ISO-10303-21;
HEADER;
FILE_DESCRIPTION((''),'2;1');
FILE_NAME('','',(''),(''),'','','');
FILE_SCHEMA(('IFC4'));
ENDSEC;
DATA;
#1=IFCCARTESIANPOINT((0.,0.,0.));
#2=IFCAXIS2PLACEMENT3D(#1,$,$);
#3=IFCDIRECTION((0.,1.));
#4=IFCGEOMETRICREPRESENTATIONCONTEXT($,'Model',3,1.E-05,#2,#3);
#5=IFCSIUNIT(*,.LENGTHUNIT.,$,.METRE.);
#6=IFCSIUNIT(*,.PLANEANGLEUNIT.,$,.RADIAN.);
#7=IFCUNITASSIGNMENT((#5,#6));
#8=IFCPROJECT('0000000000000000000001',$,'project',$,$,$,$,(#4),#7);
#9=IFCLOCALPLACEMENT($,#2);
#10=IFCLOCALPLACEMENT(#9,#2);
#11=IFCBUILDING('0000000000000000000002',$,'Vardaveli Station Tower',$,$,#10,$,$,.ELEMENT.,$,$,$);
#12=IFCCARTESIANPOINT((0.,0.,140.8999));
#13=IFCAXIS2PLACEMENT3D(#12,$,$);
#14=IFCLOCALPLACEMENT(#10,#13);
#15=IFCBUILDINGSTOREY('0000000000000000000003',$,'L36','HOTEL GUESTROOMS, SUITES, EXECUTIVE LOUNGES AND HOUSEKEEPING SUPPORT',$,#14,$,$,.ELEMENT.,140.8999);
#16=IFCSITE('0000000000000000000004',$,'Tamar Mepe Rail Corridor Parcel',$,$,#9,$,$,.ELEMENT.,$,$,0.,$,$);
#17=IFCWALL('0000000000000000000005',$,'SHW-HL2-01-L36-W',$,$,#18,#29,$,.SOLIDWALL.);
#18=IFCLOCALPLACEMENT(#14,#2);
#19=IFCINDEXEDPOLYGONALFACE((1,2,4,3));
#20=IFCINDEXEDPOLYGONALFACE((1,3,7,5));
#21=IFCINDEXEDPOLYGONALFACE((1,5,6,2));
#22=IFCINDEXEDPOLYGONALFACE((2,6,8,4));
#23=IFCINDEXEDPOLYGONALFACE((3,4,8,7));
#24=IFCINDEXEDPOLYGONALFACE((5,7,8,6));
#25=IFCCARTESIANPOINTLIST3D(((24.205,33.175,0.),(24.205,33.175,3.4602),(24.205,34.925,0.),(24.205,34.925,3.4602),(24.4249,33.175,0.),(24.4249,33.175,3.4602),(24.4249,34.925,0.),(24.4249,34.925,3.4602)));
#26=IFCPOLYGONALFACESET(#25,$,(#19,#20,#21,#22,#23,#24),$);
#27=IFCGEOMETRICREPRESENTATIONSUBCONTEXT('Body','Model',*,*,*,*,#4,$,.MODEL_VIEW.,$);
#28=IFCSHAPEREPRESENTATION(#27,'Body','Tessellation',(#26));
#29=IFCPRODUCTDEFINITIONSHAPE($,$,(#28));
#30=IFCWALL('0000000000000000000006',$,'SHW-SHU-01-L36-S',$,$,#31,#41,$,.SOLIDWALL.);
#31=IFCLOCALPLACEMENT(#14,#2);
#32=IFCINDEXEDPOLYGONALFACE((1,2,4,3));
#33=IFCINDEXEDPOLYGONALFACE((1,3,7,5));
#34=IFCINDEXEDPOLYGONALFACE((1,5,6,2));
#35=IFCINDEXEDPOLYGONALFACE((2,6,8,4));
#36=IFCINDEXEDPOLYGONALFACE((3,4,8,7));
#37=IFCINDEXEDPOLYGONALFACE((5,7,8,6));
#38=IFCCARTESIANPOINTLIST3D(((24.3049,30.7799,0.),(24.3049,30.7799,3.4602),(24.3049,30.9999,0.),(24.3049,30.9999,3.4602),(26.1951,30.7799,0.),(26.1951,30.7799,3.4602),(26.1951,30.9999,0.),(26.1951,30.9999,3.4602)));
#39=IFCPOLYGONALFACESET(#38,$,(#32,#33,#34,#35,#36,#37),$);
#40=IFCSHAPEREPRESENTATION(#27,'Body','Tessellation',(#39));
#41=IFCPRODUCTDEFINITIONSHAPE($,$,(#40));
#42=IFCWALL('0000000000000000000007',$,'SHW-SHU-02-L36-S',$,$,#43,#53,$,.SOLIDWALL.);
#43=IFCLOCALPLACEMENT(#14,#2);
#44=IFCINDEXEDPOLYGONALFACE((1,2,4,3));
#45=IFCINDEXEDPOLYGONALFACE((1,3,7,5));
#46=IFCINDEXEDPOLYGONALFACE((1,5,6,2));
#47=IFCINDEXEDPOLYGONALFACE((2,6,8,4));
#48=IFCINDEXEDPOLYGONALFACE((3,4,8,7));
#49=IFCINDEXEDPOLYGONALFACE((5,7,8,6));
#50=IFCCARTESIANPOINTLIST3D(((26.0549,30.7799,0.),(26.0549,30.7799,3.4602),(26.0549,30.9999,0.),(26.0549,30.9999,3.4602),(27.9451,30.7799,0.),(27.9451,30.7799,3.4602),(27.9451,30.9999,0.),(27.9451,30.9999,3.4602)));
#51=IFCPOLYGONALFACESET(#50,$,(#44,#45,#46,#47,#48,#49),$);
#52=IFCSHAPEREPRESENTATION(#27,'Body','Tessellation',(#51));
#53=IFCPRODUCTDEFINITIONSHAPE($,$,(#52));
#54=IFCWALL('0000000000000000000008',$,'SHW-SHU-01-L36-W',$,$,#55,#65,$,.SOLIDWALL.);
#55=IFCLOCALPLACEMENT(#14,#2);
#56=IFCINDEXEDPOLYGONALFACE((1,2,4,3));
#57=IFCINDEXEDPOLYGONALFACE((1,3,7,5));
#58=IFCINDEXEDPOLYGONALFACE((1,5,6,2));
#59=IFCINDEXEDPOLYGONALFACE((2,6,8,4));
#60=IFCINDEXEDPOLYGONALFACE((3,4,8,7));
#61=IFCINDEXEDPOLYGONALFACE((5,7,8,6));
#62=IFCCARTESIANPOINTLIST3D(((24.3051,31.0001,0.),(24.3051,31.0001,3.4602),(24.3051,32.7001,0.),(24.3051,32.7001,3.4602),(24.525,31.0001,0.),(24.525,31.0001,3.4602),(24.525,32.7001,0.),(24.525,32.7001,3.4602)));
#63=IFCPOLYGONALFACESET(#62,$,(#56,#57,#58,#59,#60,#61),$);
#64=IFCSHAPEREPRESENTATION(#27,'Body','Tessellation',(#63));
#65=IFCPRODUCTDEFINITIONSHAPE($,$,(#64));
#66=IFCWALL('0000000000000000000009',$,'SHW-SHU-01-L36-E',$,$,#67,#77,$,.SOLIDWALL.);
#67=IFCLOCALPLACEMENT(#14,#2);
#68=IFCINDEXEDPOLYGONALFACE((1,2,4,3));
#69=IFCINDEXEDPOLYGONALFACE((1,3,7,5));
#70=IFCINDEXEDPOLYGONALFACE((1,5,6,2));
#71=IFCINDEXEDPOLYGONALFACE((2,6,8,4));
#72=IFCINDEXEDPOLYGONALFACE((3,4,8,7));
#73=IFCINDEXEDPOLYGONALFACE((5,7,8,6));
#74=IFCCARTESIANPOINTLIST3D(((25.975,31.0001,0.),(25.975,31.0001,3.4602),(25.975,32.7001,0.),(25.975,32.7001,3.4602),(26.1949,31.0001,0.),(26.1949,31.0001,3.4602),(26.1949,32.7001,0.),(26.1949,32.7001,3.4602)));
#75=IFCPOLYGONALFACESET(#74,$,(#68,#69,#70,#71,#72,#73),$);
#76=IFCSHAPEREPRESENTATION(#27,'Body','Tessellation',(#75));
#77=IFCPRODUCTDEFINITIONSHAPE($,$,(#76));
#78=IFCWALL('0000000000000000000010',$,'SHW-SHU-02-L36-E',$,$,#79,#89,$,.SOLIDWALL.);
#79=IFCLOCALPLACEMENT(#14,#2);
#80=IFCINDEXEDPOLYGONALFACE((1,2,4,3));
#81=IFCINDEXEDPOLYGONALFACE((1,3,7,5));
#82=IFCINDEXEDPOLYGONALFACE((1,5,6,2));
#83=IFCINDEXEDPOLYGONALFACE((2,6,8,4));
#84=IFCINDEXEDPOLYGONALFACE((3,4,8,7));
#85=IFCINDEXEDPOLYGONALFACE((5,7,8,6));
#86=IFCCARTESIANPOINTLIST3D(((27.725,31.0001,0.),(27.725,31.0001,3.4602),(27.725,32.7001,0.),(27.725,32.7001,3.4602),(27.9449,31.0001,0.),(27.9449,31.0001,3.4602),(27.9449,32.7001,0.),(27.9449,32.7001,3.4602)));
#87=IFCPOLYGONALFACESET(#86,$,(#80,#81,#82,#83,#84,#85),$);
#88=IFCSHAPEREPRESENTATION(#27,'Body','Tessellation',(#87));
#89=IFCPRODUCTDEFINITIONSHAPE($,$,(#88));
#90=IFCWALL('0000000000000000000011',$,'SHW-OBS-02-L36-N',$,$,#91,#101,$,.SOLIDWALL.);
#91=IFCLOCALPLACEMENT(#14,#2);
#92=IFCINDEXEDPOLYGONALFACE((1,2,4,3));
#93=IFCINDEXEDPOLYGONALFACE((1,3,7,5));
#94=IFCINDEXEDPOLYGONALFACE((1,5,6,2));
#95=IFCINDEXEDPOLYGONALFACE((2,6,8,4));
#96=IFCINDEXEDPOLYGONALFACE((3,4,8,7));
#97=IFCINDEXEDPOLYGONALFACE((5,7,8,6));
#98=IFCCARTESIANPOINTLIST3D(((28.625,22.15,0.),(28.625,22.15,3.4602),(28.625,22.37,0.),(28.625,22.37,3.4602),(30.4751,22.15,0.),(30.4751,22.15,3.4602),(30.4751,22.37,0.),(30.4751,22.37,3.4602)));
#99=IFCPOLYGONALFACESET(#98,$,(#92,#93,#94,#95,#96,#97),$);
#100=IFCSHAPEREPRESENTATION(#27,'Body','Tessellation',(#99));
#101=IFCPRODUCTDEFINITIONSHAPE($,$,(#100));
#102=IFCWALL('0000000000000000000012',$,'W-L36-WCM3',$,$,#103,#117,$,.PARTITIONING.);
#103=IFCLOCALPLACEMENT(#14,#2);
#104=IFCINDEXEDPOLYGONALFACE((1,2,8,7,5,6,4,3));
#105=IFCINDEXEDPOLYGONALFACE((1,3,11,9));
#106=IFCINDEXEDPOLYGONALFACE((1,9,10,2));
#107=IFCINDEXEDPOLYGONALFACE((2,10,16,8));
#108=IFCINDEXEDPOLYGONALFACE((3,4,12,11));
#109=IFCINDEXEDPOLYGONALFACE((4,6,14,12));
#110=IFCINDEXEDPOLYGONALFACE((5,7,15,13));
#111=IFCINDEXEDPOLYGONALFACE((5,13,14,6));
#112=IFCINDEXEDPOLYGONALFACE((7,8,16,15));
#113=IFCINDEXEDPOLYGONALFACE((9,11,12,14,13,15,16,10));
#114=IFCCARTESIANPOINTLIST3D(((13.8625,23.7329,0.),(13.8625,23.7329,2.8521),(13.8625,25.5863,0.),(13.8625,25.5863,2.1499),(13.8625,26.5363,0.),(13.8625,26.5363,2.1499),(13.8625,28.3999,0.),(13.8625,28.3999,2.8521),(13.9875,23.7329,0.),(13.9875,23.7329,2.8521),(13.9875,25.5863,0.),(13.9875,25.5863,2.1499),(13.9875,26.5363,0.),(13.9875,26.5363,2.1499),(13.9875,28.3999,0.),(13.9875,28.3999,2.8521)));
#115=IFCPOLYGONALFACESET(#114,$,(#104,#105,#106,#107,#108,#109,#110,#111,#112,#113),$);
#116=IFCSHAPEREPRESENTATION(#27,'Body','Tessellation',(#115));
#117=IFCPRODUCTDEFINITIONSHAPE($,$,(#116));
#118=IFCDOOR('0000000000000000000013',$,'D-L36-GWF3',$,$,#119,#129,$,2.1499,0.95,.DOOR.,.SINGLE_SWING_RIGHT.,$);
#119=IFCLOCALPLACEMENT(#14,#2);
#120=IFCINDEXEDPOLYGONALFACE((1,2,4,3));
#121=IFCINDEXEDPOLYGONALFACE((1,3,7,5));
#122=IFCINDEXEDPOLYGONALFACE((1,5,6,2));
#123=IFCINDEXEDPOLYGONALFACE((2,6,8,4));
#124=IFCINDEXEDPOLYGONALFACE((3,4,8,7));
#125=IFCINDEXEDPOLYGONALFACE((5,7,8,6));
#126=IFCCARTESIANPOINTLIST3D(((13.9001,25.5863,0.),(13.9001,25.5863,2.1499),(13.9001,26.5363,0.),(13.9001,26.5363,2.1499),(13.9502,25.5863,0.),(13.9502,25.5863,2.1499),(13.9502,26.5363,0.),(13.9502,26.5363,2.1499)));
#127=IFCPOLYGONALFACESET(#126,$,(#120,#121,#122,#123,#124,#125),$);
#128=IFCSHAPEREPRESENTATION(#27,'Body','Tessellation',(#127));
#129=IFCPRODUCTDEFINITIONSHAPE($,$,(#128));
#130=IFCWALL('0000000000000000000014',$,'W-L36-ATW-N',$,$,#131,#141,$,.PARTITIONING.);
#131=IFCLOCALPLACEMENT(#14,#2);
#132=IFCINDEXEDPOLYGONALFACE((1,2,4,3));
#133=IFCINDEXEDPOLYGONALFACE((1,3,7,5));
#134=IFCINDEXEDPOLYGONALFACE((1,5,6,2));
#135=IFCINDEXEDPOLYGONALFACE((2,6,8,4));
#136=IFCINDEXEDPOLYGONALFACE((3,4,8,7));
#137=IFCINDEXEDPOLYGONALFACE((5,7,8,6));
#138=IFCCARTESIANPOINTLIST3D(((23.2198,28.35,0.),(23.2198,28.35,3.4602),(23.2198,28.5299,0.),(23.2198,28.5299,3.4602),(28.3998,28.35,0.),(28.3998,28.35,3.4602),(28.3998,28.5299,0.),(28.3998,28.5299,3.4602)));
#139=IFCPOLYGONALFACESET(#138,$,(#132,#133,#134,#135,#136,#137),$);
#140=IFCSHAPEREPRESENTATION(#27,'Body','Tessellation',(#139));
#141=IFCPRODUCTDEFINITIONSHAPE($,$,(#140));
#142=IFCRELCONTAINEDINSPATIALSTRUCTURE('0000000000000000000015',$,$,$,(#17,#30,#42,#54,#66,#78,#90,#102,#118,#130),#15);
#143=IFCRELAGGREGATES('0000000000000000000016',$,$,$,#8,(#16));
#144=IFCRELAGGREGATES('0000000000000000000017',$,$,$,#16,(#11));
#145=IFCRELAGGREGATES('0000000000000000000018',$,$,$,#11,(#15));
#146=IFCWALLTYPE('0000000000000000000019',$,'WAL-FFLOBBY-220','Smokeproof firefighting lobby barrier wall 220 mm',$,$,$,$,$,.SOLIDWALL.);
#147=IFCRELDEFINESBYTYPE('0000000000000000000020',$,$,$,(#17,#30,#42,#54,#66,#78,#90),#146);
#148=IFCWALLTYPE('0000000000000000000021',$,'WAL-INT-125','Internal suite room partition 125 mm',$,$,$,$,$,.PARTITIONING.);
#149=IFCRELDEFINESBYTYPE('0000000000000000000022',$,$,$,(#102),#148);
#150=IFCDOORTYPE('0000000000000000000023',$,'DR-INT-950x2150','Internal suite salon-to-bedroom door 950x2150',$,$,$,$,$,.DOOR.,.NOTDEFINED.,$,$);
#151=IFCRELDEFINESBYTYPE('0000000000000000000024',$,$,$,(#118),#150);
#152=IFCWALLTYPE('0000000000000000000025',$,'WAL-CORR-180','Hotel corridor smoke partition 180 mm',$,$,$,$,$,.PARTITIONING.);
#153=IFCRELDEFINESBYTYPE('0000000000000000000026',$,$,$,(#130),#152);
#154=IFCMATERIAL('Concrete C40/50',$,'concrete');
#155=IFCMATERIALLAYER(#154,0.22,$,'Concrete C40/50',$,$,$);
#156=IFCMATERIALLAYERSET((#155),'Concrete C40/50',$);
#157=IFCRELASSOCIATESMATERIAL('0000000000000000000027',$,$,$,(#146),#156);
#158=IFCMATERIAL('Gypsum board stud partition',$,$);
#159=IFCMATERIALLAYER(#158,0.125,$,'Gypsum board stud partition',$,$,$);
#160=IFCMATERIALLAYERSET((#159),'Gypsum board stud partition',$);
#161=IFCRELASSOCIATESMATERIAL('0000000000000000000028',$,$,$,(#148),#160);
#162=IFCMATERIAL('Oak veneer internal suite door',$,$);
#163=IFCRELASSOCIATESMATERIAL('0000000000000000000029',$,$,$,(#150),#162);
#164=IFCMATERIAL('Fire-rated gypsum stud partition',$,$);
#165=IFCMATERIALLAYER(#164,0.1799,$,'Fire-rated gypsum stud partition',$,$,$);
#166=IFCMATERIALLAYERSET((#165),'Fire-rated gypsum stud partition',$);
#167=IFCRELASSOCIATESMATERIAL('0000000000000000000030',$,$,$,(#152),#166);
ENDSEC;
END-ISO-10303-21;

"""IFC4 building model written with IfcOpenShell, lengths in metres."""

from ifc_helpers import new_model, si_unit, direction, frame, frame_2d, origin, place, context, subcontext, project, spatial, rectangle, extrude, source, transform, mapped, material, layer, layer_set, type_object, element, fill, save


model = new_model("IFC4")

# Units and contexts
model_context = context("Model", 3, precision=1e-05, world=origin(), true_north=direction((0.0, 1.0)))
body_context = subcontext(model_context, "Body", "Model", "MODEL_VIEW")
ifc_project = project(units=[si_unit("LENGTHUNIT", "METRE"), si_unit("PLANEANGLEUNIT", "RADIAN")], contexts=[model_context])

# Site, building, storey
site_placement = place(None, origin())
site = spatial("IfcSite", under=ifc_project, at=site_placement, Name="Tamar Mepe Rail Corridor Parcel", CompositionType="ELEMENT", RefElevation=0.0)
building_placement = place(site_placement, origin())
building = spatial("IfcBuilding", under=site, at=building_placement, Name="Vardaveli Station Tower", CompositionType="ELEMENT")
storey_placement = place(building_placement, frame((0.0, 0.0, 140.8999)))
storey = spatial("IfcBuildingStorey", under=building, at=storey_placement, Name="L36", Description="HOTEL GUESTROOMS, SUITES, EXECUTIVE LOUNGES AND HOUSEKEEPING SUPPORT", CompositionType="ELEMENT", Elevation=140.8999)

# Shared definitions
ifc_material_1 = material(Name="Concrete C40/50", Category="concrete")

# Walls
ifc_layer_1 = layer(ifc_material_1, 0.22, Name="Concrete C40/50")
ifc_layer_set_1 = layer_set([ifc_layer_1], Name="Concrete C40/50")
wall_type_1 = type_object("IfcWallType", Name="WAL-FFLOBBY-220", Description="Smokeproof firefighting lobby barrier wall 220 mm", PredefinedType="SOLIDWALL", material=ifc_layer_set_1)
shared_shape_1 = source(origin(), body_context, "Body", "SweptSolid", [
    extrude(rectangle(XDim=1.75, YDim=0.22, at=frame_2d((0.875, 0.0))), origin(), (0.0, 0.0, 1.0), 3.4602),
])
wall_1_placement = place(storey_placement, frame((24.3149, 33.175, 0.0), z_axis=(0.0, 0.0, 1.0), x_axis=(0.0, 1.0, 0.0)))
element("IfcWall", 1, at=wall_1_placement, inside=storey, type_object=wall_type_1, Name="SHW-HL2-01-L36-W", PredefinedType="SOLIDWALL", context=body_context, shape_type="MappedRepresentation", body=[
    mapped(shared_shape_1, transform((0.0, 0.0, 0.0), scale=1.0)),
])
shared_shape_2 = source(origin(), body_context, "Body", "SweptSolid", [
    extrude(rectangle(XDim=1.8901, YDim=0.22, at=frame_2d((0.9451, 0.0))), origin(), (0.0, 0.0, 1.0), 3.4602),
])
for number, where, z_axis, x_axis, name in (
    (2, (24.3049, 30.8899, 0.0), (0.0, 0.0, 1.0), (1.0, 0.0, 0.0), "SHW-SHU-01-L36-S"),
    (3, (26.0549, 30.8899, 0.0), (0.0, 0.0, 1.0), (1.0, 0.0, 0.0), "SHW-SHU-02-L36-S"),
):
    element("IfcWall", number, at=place(storey_placement, frame(where, z_axis=z_axis, x_axis=x_axis)), inside=storey, type_object=wall_type_1, Name=name, PredefinedType="SOLIDWALL", context=body_context, shape_type="MappedRepresentation", body=[
        mapped(shared_shape_2, transform((0.0, 0.0, 0.0), scale=1.0)),
    ])
shared_shape_3 = source(origin(), body_context, "Body", "SweptSolid", [
    extrude(rectangle(XDim=1.7, YDim=0.22, at=frame_2d((0.8501, 0.0))), origin(), (0.0, 0.0, 1.0), 3.4602),
])
for number, where, z_axis, x_axis, name in (
    (4, (24.415, 31.0, 0.0), (0.0, 0.0, 1.0), (0.0, 1.0, 0.0), "SHW-SHU-01-L36-W"),
    (5, (26.085, 31.0, 0.0), (0.0, 0.0, 1.0), (0.0, 1.0, 0.0), "SHW-SHU-01-L36-E"),
    (6, (27.835, 31.0, 0.0), (0.0, 0.0, 1.0), (0.0, 1.0, 0.0), "SHW-SHU-02-L36-E"),
):
    element("IfcWall", number, at=place(storey_placement, frame(where, z_axis=z_axis, x_axis=x_axis)), inside=storey, type_object=wall_type_1, Name=name, PredefinedType="SOLIDWALL", context=body_context, shape_type="MappedRepresentation", body=[
        mapped(shared_shape_3, transform((0.0, 0.0, 0.0), scale=1.0)),
    ])
shared_shape_4 = source(origin(), body_context, "Body", "SweptSolid", [
    extrude(rectangle(XDim=1.8501, YDim=0.22, at=frame_2d((0.925, 0.0))), origin(), (0.0, 0.0, 1.0), 3.4602),
])
wall_2_placement = place(storey_placement, frame((28.625, 22.26, 0.0), z_axis=(0.0, 0.0, 1.0), x_axis=(1.0, 0.0, 0.0)))
element("IfcWall", 7, at=wall_2_placement, inside=storey, type_object=wall_type_1, Name="SHW-OBS-02-L36-N", PredefinedType="SOLIDWALL", context=body_context, shape_type="MappedRepresentation", body=[
    mapped(shared_shape_4, transform((0.0, 0.0, 0.0), scale=1.0)),
])

# Wall, opening, door
ifc_material_2 = material(Name="Gypsum board stud partition")
ifc_layer_2 = layer(ifc_material_2, 0.125, Name="Gypsum board stud partition")
ifc_layer_set_2 = layer_set([ifc_layer_2], Name="Gypsum board stud partition")
wall_type_2 = type_object("IfcWallType", Name="WAL-INT-125", Description="Internal suite room partition 125 mm", PredefinedType="PARTITIONING", material=ifc_layer_set_2)
shared_shape_5 = source(origin(), body_context, "Body", "SweptSolid", [
    extrude(rectangle(XDim=4.667, YDim=0.125, at=frame_2d((2.3335, 0.0))), origin(), (0.0, 0.0, 1.0), 2.8521),
])
wall_3_placement = place(storey_placement, frame((13.925, 23.7329, 0.0), z_axis=(0.0, 0.0, 1.0), x_axis=(0.0, 1.0, 0.0)))
wall_3 = element("IfcWall", 8, at=wall_3_placement, inside=storey, type_object=wall_type_2, Name="W-L36-WCM3", PredefinedType="PARTITIONING", context=body_context, shape_type="MappedRepresentation", body=[
    mapped(shared_shape_5, transform((0.0, 0.0, 0.0), scale=1.0)),
])
shared_shape_6 = source(origin(), body_context, "Body", "SweptSolid", [
    extrude(rectangle(XDim=0.95, YDim=2.1499, at=frame_2d((0.4751, 1.075))), frame((0.0, 0.0725, 0.0), z_axis=(0.0, -1.0, 0.0), x_axis=(1.0, 0.0, 0.0)), (0.0, 0.0, 1.0), 0.145),
])
opening_1_placement = place(wall_3_placement, frame((1.8533, 0.0, 0.0)))
opening_1 = element("IfcOpeningElement", 9, at=opening_1_placement, cuts=wall_3, PredefinedType="OPENING", context=body_context, shape_type="MappedRepresentation", body=[
    mapped(shared_shape_6, transform((0.0, 0.0, 0.0), scale=1.0)),
])
ifc_material_3 = material(Name="Oak veneer internal suite door")
door_type_1 = type_object("IfcDoorType", Name="DR-INT-950x2150", Description="Internal suite salon-to-bedroom door 950x2150", OperationType="NOTDEFINED", PredefinedType="DOOR", material=ifc_material_3)
shared_shape_7 = source(origin(), body_context, "Body", "SweptSolid", [
    extrude(rectangle(XDim=0.95, YDim=2.1499, at=frame_2d((0.4751, 1.075))), frame((0.0, 0.0249, 0.0), z_axis=(0.0, -1.0, 0.0), x_axis=(1.0, 0.0, 0.0)), (0.0, 0.0, 1.0), 0.05),
])
door_1_placement = place(opening_1_placement, origin())
door_1 = element("IfcDoor", 10, at=door_1_placement, inside=storey, type_object=door_type_1, Name="D-L36-GWF3", OperationType="SINGLE_SWING_RIGHT", OverallHeight=2.1499, OverallWidth=0.95, PredefinedType="DOOR", context=body_context, shape_type="MappedRepresentation", body=[
    mapped(shared_shape_7, transform((0.0, 0.0, 0.0), scale=1.0)),
])
fill(opening_1, door_1)

# Wall
ifc_material_4 = material(Name="Fire-rated gypsum stud partition")
ifc_layer_3 = layer(ifc_material_4, 0.1799, Name="Fire-rated gypsum stud partition")
ifc_layer_set_3 = layer_set([ifc_layer_3], Name="Fire-rated gypsum stud partition")
wall_type_3 = type_object("IfcWallType", Name="WAL-CORR-180", Description="Hotel corridor smoke partition 180 mm", PredefinedType="PARTITIONING", material=ifc_layer_set_3)
shared_shape_8 = source(origin(), body_context, "Body", "SweptSolid", [
    extrude(rectangle(XDim=5.1799, YDim=0.1799, at=frame_2d((2.5898, 0.0))), origin(), (0.0, 0.0, 1.0), 3.4602),
])
wall_4_placement = place(storey_placement, frame((23.22, 28.4399, 0.0), z_axis=(0.0, 0.0, 1.0), x_axis=(1.0, 0.0, 0.0)))
element("IfcWall", 11, at=wall_4_placement, inside=storey, type_object=wall_type_3, Name="W-L36-ATW-N", PredefinedType="PARTITIONING", context=body_context, shape_type="MappedRepresentation", body=[
    mapped(shared_shape_8, transform((0.0, 0.0, 0.0), scale=1.0)),
])

save(model, "model.ifc")
